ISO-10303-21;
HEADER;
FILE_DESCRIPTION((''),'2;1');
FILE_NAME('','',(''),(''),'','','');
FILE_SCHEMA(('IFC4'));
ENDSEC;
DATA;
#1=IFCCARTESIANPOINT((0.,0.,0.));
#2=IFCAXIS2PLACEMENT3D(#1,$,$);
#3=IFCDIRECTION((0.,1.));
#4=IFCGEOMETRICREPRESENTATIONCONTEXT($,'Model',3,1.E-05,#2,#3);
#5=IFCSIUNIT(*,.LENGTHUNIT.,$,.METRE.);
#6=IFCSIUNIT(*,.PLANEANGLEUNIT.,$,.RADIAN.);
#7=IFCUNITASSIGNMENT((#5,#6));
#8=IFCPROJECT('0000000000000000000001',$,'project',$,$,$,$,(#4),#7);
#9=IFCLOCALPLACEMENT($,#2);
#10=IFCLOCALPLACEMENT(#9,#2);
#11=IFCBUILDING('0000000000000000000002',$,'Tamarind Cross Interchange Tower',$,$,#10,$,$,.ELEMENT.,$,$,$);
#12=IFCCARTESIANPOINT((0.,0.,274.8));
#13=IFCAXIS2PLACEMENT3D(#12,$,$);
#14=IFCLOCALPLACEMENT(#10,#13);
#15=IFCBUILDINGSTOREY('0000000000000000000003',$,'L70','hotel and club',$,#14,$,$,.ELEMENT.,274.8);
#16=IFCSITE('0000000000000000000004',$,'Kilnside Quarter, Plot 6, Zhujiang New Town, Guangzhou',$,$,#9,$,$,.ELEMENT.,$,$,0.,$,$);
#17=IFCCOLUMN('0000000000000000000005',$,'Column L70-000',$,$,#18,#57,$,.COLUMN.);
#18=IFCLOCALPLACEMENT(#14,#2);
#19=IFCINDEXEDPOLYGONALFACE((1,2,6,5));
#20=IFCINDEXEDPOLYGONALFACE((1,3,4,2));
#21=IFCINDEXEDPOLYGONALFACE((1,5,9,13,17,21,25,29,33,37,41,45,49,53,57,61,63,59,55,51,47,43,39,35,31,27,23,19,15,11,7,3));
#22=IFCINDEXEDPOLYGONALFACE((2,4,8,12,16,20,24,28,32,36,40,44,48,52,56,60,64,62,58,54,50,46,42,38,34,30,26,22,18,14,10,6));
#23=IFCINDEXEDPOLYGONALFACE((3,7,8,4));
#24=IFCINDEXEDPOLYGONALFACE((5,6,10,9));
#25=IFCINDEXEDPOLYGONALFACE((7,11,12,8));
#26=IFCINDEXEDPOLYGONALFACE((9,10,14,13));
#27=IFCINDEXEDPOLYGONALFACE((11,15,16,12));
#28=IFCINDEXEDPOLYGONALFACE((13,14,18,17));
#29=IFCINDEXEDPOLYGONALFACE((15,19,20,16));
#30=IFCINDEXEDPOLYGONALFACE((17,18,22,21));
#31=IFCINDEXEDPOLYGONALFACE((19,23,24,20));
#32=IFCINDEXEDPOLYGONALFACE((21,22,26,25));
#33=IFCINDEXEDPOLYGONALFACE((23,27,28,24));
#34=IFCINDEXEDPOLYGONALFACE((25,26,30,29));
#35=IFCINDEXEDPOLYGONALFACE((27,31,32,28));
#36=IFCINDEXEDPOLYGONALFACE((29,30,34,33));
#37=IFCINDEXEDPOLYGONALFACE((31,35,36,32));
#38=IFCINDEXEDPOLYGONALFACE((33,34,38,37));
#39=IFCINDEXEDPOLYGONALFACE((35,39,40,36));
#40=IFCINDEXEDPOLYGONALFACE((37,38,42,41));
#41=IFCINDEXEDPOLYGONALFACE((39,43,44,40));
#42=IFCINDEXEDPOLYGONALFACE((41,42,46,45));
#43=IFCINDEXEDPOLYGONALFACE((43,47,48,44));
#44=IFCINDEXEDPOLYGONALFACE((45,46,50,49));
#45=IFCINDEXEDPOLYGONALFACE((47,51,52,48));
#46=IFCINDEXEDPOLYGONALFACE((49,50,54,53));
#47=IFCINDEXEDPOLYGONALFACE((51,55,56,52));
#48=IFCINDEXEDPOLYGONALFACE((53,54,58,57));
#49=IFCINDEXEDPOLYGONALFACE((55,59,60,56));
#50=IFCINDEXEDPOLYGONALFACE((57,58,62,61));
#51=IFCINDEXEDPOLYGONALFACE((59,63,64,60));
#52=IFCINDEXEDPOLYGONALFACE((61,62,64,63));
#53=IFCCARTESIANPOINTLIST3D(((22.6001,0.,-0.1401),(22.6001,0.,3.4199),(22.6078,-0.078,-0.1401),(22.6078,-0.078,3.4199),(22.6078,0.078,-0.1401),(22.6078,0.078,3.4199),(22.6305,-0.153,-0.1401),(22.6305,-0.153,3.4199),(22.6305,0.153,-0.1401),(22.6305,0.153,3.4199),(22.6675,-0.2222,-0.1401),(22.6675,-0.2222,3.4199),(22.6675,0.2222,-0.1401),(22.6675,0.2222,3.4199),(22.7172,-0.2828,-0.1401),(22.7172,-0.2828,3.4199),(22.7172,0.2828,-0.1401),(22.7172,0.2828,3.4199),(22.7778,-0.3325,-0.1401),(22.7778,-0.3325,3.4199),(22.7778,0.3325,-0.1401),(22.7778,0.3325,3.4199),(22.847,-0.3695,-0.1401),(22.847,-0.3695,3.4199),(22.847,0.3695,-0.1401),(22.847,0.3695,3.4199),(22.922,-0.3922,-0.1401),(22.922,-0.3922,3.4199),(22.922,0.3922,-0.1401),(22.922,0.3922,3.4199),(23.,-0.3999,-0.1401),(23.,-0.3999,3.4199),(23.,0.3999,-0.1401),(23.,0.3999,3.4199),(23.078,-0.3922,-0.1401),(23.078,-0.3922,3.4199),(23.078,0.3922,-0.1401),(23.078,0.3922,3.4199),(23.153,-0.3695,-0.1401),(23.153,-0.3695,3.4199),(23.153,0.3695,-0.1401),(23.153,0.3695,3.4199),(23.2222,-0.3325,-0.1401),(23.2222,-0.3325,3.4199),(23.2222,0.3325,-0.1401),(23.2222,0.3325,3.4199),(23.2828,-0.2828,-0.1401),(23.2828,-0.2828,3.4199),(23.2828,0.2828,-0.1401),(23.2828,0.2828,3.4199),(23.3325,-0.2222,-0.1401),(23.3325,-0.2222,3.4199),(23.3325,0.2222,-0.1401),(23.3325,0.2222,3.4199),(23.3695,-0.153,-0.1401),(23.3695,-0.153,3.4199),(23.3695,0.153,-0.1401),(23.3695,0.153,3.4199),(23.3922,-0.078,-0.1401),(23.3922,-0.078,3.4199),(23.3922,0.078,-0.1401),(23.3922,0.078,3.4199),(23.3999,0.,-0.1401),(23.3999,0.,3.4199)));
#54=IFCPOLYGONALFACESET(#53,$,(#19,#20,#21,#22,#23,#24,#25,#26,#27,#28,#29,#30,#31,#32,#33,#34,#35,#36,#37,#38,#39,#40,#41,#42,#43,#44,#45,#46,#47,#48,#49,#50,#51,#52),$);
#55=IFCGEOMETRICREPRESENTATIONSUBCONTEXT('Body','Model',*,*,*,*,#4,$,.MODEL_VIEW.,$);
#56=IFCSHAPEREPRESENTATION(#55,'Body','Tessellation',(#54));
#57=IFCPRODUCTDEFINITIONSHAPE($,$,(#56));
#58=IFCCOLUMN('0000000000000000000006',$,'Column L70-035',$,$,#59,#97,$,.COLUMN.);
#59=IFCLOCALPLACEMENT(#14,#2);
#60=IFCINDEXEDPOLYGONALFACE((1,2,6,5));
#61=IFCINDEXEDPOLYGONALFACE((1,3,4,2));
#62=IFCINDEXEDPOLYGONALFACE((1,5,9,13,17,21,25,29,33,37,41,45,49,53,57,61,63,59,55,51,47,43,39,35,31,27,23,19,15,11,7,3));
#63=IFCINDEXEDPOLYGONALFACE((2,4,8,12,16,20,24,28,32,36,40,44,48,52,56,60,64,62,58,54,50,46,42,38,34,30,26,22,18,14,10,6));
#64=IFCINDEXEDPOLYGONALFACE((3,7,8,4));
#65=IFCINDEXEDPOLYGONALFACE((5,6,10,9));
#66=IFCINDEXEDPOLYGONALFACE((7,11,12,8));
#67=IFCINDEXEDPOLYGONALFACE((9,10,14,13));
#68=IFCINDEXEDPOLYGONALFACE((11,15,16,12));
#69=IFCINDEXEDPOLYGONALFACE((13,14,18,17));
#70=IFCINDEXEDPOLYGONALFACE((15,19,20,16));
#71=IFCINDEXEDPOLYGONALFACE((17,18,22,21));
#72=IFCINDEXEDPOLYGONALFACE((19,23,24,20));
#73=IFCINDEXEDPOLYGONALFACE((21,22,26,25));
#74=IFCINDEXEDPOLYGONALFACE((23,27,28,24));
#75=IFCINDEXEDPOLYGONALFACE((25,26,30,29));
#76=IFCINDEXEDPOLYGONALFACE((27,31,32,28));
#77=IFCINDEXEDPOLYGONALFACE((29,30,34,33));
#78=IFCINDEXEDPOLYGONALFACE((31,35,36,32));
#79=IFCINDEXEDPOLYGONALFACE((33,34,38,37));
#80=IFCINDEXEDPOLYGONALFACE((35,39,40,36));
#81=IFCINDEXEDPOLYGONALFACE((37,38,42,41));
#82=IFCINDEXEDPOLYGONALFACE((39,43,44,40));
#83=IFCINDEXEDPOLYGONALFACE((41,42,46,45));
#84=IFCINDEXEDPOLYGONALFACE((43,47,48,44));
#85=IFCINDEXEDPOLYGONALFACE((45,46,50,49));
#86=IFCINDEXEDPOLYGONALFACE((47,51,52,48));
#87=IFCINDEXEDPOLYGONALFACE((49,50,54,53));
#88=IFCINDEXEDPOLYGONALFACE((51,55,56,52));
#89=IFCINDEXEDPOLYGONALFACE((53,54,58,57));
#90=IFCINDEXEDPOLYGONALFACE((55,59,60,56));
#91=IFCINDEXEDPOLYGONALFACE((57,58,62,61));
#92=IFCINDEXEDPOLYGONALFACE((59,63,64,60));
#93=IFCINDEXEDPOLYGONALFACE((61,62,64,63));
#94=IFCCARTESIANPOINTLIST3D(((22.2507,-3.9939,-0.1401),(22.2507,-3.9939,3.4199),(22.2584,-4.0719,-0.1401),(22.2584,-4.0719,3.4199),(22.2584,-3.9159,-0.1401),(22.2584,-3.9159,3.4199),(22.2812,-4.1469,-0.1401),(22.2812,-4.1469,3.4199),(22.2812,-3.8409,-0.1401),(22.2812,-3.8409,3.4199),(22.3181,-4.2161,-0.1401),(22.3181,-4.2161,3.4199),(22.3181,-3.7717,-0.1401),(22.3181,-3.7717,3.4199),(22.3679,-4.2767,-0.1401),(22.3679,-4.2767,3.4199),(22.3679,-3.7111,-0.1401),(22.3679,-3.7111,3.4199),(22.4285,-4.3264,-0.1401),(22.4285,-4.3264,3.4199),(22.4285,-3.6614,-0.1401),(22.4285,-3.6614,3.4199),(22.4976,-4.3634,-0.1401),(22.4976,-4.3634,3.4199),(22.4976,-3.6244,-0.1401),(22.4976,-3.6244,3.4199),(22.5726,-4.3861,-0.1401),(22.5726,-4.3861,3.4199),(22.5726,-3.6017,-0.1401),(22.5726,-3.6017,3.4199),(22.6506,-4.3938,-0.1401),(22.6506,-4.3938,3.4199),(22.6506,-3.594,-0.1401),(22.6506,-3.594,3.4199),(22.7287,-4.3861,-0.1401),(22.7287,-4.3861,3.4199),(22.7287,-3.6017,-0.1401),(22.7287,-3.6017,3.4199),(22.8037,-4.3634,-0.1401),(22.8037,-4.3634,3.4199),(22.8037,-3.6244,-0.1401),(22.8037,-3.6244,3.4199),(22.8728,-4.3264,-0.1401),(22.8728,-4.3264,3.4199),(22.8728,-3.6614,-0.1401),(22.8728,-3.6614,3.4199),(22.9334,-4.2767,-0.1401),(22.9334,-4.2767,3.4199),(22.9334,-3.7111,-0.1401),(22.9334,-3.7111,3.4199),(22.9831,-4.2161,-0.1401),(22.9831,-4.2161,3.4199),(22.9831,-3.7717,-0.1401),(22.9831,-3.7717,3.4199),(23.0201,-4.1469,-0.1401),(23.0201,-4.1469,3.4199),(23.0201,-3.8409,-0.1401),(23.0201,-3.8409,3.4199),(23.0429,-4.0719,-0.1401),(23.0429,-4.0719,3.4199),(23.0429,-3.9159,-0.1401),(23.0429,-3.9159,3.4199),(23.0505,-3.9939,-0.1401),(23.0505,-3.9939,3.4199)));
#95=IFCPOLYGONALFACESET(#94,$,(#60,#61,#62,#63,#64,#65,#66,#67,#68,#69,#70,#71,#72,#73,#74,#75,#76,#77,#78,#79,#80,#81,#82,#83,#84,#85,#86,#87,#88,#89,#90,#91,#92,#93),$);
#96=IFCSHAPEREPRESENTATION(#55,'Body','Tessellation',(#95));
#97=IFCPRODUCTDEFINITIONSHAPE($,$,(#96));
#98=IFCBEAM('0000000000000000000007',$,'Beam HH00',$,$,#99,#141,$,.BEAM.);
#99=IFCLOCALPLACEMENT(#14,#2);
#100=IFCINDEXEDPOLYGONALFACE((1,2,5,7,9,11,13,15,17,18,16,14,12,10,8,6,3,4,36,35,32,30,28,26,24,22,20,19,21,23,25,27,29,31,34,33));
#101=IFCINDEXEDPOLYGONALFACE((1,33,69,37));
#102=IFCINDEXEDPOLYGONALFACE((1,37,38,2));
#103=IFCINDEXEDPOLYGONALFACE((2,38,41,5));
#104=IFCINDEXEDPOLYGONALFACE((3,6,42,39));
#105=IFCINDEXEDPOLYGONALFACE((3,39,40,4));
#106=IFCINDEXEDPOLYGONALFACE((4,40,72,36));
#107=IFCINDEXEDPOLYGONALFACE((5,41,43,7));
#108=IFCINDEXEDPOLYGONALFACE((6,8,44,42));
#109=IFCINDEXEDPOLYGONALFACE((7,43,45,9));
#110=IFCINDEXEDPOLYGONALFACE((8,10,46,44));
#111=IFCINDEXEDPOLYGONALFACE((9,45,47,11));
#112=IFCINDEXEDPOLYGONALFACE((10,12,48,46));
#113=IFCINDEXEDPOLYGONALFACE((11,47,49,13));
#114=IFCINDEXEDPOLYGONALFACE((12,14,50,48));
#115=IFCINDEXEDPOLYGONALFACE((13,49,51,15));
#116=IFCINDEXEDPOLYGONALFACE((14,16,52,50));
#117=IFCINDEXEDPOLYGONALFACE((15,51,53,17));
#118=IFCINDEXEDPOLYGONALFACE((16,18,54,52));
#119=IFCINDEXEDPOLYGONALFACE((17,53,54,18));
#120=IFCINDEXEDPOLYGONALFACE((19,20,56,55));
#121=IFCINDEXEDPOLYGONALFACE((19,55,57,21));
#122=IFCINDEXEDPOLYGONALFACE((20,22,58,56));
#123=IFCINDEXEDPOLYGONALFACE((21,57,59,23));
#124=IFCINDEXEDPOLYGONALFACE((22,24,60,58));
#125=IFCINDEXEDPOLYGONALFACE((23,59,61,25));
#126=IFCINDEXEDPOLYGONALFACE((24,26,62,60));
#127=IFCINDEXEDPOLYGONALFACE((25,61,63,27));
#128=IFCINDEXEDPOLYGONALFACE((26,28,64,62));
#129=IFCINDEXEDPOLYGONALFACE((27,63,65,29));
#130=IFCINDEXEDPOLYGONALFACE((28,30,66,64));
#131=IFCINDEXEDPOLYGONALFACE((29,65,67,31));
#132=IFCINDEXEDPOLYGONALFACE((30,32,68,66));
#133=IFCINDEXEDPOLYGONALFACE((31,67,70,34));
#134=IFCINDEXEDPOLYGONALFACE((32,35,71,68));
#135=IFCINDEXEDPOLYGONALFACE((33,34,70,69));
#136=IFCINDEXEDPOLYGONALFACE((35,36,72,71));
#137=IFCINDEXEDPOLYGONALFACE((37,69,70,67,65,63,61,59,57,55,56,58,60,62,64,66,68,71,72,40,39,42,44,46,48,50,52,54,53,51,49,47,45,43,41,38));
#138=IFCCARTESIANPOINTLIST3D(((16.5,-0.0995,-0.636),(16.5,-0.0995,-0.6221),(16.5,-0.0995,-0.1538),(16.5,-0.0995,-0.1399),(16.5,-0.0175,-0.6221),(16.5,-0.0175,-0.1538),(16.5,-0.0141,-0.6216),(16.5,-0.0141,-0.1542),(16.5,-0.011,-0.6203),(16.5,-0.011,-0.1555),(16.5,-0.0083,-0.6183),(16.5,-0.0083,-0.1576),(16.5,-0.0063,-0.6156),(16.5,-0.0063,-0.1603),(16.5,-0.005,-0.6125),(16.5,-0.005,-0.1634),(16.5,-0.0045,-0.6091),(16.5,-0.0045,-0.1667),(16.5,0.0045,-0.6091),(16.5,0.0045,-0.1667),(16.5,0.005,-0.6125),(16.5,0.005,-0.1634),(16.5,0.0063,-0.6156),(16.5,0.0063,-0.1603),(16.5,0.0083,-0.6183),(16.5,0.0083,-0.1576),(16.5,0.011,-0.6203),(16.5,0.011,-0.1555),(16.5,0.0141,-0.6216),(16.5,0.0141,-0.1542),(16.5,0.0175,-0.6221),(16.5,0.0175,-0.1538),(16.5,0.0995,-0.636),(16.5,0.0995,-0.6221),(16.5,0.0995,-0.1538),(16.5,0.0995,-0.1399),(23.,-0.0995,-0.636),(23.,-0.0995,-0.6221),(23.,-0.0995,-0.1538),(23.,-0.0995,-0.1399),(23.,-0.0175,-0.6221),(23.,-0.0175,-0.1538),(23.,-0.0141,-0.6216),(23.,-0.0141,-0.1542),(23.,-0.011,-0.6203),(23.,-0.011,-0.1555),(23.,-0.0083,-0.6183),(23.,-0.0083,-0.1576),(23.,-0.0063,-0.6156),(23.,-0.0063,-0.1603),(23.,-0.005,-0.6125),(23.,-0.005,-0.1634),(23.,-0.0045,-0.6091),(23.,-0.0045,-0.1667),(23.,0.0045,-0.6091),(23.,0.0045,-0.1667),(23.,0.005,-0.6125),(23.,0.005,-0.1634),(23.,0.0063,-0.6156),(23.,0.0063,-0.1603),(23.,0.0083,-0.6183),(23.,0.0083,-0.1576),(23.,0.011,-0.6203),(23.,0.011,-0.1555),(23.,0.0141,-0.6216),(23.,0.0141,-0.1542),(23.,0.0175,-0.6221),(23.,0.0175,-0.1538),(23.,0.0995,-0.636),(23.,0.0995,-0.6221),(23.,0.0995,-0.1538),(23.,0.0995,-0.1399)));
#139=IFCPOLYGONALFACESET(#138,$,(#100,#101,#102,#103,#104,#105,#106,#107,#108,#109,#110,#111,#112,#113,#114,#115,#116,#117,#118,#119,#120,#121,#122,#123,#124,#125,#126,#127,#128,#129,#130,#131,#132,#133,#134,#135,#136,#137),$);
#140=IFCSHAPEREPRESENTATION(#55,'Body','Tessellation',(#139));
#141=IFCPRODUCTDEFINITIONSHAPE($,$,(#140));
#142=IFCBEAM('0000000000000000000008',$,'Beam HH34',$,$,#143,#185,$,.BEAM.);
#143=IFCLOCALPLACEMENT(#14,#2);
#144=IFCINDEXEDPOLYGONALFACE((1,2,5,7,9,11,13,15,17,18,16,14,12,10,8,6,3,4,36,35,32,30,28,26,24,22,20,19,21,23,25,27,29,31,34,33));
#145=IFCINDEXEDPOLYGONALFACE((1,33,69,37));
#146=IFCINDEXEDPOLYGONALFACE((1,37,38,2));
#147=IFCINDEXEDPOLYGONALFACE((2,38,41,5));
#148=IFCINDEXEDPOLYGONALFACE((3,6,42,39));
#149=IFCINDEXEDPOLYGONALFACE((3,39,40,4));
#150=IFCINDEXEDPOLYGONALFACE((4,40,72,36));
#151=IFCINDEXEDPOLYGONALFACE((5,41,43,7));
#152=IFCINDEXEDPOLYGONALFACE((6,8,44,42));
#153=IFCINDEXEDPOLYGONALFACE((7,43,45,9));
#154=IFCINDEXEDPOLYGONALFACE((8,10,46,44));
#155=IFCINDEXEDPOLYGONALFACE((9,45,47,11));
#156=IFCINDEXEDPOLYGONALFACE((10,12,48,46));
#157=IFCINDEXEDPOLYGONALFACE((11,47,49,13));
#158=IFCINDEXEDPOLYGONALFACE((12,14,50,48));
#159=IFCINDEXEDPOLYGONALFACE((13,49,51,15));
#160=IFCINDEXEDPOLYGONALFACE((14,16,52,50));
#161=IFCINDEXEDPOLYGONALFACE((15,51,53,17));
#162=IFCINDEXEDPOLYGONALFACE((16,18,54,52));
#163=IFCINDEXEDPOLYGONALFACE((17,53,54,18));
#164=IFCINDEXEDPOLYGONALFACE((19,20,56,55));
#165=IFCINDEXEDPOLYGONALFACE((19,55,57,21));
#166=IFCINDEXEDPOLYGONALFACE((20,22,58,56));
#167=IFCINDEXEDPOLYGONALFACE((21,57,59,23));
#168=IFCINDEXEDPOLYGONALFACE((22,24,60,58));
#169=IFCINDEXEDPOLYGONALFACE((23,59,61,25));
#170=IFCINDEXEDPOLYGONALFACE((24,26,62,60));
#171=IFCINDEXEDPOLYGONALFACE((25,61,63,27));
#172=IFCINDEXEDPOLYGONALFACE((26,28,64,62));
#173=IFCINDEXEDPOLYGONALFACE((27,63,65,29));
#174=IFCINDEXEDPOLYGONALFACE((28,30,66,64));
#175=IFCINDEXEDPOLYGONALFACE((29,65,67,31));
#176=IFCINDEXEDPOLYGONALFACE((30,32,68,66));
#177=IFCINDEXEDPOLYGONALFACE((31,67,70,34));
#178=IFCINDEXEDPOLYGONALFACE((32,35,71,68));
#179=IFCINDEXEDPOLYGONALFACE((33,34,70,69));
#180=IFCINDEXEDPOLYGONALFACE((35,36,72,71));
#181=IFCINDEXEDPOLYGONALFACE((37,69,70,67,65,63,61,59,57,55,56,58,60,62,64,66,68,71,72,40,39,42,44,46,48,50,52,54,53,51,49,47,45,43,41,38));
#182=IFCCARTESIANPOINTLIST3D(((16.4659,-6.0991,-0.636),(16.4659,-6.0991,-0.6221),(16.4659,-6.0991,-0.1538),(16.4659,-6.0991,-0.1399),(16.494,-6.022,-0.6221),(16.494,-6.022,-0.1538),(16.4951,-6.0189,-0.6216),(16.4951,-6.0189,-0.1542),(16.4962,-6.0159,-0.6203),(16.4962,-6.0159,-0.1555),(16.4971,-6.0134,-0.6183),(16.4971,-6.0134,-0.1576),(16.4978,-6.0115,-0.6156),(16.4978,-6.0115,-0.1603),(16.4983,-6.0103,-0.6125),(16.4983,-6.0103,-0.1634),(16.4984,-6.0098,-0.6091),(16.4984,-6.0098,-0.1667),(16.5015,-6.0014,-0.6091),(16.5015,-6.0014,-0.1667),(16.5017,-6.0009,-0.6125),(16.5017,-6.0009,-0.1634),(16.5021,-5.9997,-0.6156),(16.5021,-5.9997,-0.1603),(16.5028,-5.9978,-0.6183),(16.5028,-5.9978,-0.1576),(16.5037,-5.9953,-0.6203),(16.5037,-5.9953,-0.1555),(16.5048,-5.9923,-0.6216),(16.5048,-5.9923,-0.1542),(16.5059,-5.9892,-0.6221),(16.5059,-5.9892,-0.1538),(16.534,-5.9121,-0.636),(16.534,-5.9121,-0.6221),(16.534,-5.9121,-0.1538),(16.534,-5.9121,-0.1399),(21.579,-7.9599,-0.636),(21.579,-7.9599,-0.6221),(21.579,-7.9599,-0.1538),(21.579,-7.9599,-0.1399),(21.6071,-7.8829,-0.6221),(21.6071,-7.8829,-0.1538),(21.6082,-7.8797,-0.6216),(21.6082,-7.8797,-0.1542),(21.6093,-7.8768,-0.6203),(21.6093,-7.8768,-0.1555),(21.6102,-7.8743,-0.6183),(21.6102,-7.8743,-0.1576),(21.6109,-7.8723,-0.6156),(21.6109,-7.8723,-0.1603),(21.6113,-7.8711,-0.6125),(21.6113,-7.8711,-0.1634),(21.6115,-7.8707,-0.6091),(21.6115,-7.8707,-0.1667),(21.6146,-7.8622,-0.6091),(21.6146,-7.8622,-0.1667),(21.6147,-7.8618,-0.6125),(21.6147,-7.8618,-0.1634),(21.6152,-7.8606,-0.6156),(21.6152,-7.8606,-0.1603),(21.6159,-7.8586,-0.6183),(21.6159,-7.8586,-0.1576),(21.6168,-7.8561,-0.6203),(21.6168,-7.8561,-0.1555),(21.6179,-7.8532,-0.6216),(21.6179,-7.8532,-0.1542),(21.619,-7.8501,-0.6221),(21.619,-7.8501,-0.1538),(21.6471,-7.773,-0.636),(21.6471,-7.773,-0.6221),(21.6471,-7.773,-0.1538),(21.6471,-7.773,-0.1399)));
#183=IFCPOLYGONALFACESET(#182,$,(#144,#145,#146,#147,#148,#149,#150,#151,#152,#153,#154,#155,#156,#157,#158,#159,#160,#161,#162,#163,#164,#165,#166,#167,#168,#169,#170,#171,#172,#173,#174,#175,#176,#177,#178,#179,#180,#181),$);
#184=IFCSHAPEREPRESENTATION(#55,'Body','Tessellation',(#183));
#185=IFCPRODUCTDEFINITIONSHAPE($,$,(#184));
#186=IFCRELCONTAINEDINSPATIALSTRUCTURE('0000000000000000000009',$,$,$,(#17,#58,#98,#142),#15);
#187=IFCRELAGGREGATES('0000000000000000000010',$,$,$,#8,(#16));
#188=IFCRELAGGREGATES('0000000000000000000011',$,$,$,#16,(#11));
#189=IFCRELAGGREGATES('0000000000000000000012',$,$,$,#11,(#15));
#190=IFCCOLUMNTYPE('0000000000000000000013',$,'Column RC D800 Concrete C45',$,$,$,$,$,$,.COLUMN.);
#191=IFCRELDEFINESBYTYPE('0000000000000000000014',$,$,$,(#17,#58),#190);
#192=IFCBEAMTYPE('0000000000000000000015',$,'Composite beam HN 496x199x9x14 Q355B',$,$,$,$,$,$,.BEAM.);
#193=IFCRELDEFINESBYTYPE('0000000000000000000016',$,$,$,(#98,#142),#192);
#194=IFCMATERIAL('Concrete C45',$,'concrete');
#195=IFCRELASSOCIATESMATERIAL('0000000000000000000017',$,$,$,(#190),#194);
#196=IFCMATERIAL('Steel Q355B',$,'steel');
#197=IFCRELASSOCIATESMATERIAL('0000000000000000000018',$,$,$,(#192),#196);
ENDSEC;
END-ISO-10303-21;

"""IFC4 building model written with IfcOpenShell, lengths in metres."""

from ifc_helpers import new_model, si_unit, direction, frame, origin, origin_2d, place, context, subcontext, project, spatial, circle, i_section, extrude, material, material_profile, profile_set, type_object, element, save


model = new_model("IFC4")

# Units and contexts
model_context = context("Model", 3, precision=1e-05, world=origin(), true_north=direction((0.0, 1.0)))
body_context = subcontext(model_context, "Body", "Model", "MODEL_VIEW")
ifc_project = project(units=[si_unit("LENGTHUNIT", "METRE"), si_unit("PLANEANGLEUNIT", "RADIAN")], contexts=[model_context])

# Site, building, storey
site_placement = place(None, origin())
site = spatial("IfcSite", under=ifc_project, at=site_placement, Name="Kilnside Quarter, Plot 6, Zhujiang New Town, Guangzhou", CompositionType="ELEMENT", RefElevation=0.0)
building_placement = place(site_placement, origin())
building = spatial("IfcBuilding", under=site, at=building_placement, Name="Tamarind Cross Interchange Tower", CompositionType="ELEMENT")
storey_placement = place(building_placement, frame((0.0, 0.0, 274.8)))
storey = spatial("IfcBuildingStorey", under=building, at=storey_placement, Name="L70", Description="hotel and club", CompositionType="ELEMENT", Elevation=274.8)

# Columns
ifc_material_1 = material(Name="Concrete C45", Category="concrete")
ifc_material_profile_1 = material_profile(ifc_material_1, circle(Radius=0.3999, at=origin_2d()), Name="RC D800")
ifc_profile_set_1 = profile_set([ifc_material_profile_1], Name="Concrete C45")
column_type = type_object("IfcColumnType", Name="Column RC D800 Concrete C45", PredefinedType="COLUMN", material=ifc_profile_set_1)
for number, where, z_axis, x_axis, name in (
    (1, (23.0, 0.0, -0.1401), (0.0, 0.0, 1.0), (1.0, 0.0, 0.0), "Column L70-000"),
    (2, (22.6506, -3.9939, -0.1401), (0.0, 0.0, 1.0), (1.0, 0.0, 0.0), "Column L70-035"),
):
    element("IfcColumn", number, at=place(storey_placement, frame(where, z_axis=z_axis, x_axis=x_axis)), inside=storey, type_object=column_type, Name=name, PredefinedType="COLUMN", context=body_context, shape_type="SweptSolid", body=[
        extrude(circle(Radius=0.3999, at=origin_2d()), origin(), (0.0, 0.0, 1.0), 3.5601),
    ])

# Beams
ifc_material_2 = material(Name="Steel Q355B", Category="steel")
ifc_material_profile_2 = material_profile(ifc_material_2, i_section(OverallWidth=0.199, OverallDepth=0.4961, WebThickness=0.009, FlangeThickness=0.0139, FilletRadius=0.0129, at=origin_2d()), Name="HN 496x199x9x14")
ifc_profile_set_2 = profile_set([ifc_material_profile_2], Name="Steel Q355B")
beam_type = type_object("IfcBeamType", Name="Composite beam HN 496x199x9x14 Q355B", PredefinedType="BEAM", material=ifc_profile_set_2)
beam_1_placement = place(storey_placement, frame((23.0, 0.0, -0.3879), z_axis=(-1.0, 0.0, 0.0), x_axis=(0.0, -1.0, 0.0)))
element("IfcBeam", 3, at=beam_1_placement, inside=storey, type_object=beam_type, Name="Beam HH00", PredefinedType="BEAM", context=body_context, shape_type="SweptSolid", body=[
    extrude(i_section(OverallWidth=0.199, OverallDepth=0.4961, WebThickness=0.009, FlangeThickness=0.0139, FilletRadius=0.0129, at=origin_2d()), origin(), (0.0, 0.0, 1.0), 6.5),
])
beam_2_placement = place(storey_placement, frame((21.613, -7.8665, -0.3879), z_axis=(-0.939702, 0.341995, 0.0), x_axis=(-0.341995, -0.939702, 0.0)))
element("IfcBeam", 4, at=beam_2_placement, inside=storey, type_object=beam_type, Name="Beam HH34", PredefinedType="BEAM", context=body_context, shape_type="SweptSolid", body=[
    extrude(i_section(OverallWidth=0.199, OverallDepth=0.4961, WebThickness=0.009, FlangeThickness=0.0139, FilletRadius=0.0129, at=origin_2d()), origin(), (0.0, 0.0, 1.0), 5.4412),
])

save(model, "model.ifc")
